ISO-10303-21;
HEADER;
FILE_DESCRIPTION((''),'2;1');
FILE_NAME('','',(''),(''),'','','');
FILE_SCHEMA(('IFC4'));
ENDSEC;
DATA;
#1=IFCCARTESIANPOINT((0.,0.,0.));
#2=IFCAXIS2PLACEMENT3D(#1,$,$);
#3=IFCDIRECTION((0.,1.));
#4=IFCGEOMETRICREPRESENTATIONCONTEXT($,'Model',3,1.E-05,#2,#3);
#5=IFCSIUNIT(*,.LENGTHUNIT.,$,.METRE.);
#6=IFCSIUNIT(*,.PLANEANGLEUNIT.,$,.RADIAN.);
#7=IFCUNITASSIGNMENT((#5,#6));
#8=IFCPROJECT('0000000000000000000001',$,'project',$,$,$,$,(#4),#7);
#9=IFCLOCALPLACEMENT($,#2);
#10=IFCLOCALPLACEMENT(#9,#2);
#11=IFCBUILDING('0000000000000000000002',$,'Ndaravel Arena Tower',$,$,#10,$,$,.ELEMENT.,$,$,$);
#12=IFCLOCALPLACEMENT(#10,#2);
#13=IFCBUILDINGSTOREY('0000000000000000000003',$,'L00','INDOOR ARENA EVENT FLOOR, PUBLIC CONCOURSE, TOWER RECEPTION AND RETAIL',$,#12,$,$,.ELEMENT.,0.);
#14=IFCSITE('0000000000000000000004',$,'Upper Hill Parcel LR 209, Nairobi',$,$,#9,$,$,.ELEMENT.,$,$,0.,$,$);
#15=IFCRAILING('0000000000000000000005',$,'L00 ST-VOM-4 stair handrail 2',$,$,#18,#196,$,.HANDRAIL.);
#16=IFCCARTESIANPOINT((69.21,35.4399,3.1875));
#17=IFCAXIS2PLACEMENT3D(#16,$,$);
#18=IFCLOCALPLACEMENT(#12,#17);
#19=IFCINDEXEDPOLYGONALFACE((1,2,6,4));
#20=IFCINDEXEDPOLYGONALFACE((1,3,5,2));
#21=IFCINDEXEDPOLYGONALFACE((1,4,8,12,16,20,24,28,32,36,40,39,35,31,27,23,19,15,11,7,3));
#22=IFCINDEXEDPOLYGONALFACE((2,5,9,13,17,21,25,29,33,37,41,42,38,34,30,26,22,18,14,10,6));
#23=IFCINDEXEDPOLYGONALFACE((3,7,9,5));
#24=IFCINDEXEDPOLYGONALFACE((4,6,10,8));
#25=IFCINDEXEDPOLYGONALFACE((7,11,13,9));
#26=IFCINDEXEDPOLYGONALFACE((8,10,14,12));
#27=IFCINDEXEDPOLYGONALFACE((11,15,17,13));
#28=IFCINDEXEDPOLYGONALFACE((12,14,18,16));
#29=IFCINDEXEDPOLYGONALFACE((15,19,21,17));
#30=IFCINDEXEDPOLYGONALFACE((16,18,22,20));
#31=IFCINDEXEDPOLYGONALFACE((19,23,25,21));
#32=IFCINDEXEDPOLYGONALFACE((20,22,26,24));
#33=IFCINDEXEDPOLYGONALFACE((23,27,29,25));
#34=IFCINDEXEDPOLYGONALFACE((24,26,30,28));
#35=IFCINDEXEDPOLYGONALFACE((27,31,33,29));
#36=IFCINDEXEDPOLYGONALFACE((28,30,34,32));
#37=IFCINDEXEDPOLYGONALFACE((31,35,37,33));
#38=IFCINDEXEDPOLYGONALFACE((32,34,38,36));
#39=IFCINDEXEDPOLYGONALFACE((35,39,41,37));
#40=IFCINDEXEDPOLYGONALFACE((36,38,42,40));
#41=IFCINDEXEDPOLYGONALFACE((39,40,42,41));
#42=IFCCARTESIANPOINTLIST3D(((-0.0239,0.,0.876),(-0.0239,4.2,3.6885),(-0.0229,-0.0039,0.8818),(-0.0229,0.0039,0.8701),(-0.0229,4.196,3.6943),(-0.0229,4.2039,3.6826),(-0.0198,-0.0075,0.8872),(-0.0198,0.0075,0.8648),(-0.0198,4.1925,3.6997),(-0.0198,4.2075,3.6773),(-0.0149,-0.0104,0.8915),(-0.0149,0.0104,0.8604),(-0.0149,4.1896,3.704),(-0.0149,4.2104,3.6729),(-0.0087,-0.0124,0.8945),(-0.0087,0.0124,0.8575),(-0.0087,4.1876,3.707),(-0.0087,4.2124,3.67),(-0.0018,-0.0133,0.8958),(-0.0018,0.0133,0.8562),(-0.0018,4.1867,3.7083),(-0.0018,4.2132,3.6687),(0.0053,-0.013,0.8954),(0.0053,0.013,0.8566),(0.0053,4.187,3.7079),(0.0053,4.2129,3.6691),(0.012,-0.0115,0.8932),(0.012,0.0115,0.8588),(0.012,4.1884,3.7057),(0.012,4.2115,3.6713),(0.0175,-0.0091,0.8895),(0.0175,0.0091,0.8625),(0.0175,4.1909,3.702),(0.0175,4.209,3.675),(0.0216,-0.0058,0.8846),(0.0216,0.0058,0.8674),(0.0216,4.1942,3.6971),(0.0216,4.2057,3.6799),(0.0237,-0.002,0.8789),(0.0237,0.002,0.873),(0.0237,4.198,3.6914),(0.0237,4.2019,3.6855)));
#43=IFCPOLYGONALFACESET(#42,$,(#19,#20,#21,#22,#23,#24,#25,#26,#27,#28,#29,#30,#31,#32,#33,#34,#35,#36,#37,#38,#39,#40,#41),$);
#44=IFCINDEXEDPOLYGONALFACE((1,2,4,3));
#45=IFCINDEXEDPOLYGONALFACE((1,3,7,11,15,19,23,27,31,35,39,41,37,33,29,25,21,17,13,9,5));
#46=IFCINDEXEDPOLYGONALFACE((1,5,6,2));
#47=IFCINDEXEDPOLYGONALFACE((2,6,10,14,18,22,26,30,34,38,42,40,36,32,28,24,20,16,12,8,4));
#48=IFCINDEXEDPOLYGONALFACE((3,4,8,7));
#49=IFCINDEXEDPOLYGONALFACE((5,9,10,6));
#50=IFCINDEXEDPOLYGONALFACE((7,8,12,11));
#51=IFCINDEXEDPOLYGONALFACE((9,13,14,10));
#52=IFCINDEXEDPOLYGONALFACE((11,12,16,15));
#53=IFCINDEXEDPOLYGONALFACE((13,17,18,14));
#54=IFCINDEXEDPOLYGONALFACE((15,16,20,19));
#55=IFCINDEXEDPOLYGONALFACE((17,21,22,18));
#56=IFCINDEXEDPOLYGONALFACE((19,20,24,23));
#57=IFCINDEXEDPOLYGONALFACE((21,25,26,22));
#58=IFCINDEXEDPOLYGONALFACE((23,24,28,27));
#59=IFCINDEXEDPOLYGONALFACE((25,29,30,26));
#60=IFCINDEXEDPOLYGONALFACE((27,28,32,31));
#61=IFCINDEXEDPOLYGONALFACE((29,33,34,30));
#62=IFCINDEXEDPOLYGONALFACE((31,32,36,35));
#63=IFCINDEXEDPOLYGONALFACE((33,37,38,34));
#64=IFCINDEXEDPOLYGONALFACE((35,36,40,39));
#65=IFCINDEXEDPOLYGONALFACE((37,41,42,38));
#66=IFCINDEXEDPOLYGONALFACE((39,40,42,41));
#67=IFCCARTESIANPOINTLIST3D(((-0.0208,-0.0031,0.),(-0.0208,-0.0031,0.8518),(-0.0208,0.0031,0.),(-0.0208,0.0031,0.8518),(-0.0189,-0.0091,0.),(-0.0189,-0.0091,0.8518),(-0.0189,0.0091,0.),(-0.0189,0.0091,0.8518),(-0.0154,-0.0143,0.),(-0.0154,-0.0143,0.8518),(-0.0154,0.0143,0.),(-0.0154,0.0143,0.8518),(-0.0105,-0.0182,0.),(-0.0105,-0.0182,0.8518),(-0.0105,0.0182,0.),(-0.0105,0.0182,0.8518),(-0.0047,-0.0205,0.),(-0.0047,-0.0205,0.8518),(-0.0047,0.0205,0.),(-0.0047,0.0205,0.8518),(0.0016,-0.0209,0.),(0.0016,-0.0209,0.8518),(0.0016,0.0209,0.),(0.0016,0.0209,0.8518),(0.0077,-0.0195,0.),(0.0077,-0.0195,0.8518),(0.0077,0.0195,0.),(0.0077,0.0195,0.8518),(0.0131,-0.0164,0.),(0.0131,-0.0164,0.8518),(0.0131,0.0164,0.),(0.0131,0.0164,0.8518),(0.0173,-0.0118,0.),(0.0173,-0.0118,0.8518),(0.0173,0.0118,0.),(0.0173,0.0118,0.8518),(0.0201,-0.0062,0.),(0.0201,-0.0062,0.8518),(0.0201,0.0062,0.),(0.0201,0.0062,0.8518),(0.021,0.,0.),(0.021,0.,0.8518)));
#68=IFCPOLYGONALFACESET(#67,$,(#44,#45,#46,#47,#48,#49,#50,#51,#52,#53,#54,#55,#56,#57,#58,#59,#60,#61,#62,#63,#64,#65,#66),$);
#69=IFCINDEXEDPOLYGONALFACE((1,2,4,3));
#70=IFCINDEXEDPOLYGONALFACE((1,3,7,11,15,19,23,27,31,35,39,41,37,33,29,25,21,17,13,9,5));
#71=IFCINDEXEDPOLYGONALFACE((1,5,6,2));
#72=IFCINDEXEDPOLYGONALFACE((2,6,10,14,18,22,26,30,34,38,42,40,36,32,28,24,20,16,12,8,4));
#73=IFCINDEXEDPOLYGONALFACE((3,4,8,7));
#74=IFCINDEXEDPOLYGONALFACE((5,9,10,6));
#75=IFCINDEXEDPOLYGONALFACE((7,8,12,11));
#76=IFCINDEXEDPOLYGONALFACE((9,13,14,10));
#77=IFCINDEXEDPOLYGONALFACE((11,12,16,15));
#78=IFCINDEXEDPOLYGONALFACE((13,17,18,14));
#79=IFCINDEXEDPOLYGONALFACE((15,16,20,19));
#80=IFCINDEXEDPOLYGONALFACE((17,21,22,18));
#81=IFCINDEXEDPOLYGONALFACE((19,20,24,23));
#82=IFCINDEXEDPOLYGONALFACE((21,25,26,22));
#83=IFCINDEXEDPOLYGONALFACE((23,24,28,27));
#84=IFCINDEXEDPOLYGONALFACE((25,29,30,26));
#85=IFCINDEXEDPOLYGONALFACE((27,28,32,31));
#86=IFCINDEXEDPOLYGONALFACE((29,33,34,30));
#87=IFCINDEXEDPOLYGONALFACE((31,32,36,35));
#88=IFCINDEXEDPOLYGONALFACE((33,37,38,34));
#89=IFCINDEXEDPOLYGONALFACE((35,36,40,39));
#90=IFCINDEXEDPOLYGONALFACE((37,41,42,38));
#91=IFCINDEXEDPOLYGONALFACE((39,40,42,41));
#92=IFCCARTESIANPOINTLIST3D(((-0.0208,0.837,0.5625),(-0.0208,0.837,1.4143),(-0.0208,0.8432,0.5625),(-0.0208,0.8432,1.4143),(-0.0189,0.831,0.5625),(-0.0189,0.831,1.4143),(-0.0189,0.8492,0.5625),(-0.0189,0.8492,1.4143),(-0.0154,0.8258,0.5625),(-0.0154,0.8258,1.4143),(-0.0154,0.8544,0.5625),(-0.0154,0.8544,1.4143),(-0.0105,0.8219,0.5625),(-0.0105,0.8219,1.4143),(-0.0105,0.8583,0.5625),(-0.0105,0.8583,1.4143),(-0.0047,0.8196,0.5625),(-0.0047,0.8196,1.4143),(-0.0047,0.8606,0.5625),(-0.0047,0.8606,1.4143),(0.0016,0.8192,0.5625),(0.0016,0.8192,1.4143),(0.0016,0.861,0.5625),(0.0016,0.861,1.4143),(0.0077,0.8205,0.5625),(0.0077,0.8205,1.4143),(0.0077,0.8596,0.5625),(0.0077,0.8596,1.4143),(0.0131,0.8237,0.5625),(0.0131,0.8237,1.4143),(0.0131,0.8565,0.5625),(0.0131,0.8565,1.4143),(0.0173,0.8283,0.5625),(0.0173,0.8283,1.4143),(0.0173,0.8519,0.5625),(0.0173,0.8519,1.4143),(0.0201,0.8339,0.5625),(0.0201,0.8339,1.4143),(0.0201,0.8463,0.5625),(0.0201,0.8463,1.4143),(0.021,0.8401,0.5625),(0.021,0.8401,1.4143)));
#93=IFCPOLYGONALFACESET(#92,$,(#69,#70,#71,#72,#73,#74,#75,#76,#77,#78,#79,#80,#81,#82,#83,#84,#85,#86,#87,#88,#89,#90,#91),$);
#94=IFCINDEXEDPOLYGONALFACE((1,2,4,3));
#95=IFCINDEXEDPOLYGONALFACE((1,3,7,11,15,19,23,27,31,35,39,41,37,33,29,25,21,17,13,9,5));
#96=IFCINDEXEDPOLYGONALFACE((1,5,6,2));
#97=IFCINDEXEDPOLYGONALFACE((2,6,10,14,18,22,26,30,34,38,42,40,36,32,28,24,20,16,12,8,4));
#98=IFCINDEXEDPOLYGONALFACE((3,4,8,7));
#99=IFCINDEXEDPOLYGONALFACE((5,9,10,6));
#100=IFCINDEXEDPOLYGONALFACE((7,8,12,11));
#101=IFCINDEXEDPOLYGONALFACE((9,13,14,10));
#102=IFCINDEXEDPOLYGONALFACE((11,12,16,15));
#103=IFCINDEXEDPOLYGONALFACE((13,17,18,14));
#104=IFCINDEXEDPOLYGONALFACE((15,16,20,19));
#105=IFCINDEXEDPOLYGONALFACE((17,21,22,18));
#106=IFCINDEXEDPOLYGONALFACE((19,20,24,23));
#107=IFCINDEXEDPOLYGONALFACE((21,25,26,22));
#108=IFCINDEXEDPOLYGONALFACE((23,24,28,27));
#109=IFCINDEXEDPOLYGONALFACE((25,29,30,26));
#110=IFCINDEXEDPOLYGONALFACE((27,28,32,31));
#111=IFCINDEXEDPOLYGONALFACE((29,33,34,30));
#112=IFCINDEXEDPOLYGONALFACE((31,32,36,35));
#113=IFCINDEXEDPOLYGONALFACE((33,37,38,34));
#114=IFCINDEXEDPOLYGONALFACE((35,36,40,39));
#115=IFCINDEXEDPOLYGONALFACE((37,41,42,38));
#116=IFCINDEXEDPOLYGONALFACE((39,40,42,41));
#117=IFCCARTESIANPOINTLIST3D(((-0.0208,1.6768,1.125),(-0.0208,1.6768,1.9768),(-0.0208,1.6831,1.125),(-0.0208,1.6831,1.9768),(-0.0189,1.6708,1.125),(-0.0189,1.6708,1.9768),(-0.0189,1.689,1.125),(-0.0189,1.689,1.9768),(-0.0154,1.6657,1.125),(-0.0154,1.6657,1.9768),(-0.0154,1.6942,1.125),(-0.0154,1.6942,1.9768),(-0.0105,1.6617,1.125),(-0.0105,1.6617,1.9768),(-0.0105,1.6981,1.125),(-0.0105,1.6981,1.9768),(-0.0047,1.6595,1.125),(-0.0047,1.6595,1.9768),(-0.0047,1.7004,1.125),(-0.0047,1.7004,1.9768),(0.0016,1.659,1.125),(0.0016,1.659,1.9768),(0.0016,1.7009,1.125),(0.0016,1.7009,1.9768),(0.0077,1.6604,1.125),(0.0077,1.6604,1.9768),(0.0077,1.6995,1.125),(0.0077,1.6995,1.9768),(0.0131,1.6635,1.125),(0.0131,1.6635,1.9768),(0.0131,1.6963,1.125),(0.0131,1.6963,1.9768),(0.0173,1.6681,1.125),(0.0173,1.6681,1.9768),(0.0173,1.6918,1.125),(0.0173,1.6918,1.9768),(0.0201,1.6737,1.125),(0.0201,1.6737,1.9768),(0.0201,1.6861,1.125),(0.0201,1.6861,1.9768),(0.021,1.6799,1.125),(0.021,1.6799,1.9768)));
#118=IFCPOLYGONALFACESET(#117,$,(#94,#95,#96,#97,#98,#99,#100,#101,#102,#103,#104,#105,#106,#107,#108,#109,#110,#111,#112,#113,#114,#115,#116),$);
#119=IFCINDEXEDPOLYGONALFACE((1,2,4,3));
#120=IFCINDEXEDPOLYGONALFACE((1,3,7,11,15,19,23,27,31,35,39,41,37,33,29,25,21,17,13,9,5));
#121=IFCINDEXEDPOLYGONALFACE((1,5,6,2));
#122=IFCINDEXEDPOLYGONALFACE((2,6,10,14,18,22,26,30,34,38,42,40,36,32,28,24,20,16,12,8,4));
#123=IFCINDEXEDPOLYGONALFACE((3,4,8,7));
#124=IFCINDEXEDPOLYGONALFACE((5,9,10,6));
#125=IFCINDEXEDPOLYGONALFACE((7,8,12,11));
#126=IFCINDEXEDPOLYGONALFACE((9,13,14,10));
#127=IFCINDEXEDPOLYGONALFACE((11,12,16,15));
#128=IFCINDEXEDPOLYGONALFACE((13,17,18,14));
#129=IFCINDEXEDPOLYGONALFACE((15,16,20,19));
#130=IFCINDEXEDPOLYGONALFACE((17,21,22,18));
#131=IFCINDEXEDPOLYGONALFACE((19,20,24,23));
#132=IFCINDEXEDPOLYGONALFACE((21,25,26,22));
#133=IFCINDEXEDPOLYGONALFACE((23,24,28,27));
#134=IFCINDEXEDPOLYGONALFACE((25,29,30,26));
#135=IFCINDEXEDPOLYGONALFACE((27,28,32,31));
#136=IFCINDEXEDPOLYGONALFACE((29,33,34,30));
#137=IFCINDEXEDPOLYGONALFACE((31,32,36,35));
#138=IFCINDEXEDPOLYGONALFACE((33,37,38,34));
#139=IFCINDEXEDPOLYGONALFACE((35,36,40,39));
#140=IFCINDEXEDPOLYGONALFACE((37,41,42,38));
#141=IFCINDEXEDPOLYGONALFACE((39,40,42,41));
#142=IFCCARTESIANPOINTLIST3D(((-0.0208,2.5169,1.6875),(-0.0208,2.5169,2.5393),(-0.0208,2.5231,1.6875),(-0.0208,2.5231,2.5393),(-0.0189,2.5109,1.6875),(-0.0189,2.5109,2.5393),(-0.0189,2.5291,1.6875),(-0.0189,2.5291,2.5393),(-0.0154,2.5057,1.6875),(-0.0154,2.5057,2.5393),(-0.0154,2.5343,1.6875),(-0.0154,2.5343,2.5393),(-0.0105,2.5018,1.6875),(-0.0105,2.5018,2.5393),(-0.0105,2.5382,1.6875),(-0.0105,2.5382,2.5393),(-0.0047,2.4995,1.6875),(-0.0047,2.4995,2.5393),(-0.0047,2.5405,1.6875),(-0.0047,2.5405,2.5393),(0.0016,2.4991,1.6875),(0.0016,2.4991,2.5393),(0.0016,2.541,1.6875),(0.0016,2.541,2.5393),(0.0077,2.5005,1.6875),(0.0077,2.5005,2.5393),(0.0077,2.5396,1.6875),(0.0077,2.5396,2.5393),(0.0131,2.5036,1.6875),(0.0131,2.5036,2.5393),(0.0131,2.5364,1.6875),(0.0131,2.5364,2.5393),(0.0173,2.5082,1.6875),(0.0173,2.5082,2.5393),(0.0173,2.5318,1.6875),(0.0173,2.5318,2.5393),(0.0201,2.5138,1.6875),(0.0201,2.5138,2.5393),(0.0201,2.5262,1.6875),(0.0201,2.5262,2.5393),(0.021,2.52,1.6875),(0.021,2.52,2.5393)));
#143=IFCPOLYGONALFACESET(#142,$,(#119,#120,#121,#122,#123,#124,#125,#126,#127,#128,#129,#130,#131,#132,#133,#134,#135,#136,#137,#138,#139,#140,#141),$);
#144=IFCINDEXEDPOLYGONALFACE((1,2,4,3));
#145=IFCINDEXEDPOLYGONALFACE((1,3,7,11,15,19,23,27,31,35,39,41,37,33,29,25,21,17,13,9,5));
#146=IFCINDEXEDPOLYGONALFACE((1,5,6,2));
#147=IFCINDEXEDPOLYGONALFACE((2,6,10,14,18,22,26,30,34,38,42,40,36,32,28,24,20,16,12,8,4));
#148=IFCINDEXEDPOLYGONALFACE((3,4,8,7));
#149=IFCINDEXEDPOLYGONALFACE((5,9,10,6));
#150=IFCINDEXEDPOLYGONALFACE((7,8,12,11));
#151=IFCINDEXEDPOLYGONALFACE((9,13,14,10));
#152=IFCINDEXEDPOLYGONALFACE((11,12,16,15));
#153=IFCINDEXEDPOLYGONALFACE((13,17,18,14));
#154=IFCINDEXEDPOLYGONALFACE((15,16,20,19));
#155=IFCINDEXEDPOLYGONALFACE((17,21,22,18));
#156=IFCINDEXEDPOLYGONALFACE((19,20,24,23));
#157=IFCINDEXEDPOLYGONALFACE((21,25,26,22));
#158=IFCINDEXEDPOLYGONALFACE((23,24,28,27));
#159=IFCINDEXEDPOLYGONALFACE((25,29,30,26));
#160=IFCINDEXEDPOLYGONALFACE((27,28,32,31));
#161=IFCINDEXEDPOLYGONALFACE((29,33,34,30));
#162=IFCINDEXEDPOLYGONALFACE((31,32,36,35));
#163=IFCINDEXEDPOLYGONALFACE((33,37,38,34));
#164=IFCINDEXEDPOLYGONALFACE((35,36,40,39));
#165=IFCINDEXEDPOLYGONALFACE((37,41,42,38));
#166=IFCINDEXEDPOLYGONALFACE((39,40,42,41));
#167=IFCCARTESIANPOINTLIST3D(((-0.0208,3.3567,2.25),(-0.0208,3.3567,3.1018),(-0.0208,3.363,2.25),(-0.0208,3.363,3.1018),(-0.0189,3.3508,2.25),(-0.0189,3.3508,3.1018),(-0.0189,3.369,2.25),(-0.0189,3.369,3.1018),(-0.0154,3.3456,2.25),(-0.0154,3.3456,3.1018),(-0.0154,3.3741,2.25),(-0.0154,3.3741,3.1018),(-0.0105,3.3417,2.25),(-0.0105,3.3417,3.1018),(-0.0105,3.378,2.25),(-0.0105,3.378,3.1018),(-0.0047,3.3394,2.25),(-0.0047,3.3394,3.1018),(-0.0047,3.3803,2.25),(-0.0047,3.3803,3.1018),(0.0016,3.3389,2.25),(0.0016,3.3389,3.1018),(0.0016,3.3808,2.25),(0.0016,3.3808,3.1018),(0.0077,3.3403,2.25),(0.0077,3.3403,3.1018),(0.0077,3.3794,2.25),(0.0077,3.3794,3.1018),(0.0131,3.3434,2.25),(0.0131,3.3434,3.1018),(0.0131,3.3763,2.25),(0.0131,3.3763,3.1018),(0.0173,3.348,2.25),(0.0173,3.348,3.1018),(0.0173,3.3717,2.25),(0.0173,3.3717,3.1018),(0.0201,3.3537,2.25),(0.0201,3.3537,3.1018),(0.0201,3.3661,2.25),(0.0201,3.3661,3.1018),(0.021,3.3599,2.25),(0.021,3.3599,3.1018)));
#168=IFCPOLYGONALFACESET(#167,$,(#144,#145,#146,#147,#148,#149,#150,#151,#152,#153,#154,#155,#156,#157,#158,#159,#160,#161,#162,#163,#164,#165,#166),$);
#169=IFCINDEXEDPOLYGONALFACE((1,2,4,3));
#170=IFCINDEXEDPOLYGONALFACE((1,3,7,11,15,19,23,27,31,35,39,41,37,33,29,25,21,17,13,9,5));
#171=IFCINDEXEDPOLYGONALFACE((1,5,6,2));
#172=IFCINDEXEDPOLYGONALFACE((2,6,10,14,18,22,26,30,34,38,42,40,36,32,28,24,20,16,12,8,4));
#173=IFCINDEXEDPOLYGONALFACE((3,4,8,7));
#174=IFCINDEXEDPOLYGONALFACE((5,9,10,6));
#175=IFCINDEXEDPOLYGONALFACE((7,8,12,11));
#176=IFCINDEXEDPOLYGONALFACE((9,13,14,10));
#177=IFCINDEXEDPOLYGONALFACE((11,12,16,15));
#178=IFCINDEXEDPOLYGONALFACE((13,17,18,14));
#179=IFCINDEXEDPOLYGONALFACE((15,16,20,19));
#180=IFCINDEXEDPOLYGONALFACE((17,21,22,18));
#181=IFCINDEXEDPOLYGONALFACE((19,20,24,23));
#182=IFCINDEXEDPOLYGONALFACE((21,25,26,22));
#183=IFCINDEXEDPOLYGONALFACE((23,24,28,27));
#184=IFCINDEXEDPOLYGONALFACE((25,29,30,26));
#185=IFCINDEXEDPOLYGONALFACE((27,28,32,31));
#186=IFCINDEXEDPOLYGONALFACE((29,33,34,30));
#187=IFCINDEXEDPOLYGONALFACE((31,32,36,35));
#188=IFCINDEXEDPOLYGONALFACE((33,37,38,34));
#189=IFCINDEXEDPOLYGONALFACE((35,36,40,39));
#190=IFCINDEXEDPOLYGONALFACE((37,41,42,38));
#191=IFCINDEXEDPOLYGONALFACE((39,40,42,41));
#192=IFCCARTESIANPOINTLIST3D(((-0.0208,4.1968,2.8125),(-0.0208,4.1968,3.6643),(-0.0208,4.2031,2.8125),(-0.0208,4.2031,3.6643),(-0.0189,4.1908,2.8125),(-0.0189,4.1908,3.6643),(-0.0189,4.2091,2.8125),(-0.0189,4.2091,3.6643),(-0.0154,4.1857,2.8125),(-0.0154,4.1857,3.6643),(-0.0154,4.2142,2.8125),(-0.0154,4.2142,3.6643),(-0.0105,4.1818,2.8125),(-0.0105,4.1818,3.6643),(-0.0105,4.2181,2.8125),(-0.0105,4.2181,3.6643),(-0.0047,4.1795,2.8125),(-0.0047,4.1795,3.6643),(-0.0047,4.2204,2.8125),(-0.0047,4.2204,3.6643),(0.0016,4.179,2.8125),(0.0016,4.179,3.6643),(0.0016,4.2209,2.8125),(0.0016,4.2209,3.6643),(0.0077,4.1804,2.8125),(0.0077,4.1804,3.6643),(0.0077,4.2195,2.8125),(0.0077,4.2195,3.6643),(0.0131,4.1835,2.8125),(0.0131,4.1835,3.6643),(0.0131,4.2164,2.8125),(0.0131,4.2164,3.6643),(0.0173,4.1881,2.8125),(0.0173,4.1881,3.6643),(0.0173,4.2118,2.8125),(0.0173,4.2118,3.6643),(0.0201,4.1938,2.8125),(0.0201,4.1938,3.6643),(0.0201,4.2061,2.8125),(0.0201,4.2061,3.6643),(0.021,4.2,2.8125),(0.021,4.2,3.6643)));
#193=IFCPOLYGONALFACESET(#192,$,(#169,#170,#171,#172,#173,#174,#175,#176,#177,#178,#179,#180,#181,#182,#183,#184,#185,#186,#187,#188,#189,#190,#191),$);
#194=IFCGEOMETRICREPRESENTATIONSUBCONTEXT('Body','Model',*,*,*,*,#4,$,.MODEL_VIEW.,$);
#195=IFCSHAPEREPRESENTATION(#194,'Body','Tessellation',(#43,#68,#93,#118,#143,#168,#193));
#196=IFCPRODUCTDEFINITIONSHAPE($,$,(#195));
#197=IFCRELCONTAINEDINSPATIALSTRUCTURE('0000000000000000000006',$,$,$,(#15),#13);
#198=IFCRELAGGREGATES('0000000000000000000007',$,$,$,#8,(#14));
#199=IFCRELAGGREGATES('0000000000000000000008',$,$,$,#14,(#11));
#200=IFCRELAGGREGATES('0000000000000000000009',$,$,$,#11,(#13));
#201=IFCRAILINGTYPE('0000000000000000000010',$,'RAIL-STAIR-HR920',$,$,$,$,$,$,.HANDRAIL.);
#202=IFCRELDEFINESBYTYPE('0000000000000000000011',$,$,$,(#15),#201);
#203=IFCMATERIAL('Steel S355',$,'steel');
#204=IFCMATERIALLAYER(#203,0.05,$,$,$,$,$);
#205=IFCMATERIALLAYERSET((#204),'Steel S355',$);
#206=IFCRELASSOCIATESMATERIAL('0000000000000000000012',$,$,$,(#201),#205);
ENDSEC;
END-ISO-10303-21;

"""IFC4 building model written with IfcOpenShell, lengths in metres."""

from ifc_helpers import new_model, si_unit, direction, frame, origin, origin_2d, place, context, subcontext, project, spatial, circle, extrude, material, layer, layer_set, type_object, element, save


model = new_model("IFC4")

# Units and contexts
model_context = context("Model", 3, precision=1e-05, world=origin(), true_north=direction((0.0, 1.0)))
body_context = subcontext(model_context, "Body", "Model", "MODEL_VIEW")
ifc_project = project(units=[si_unit("LENGTHUNIT", "METRE"), si_unit("PLANEANGLEUNIT", "RADIAN")], contexts=[model_context])

# Site, building, storey
site_placement = place(None, origin())
site = spatial("IfcSite", under=ifc_project, at=site_placement, Name="Upper Hill Parcel LR 209, Nairobi", CompositionType="ELEMENT", RefElevation=0.0)
building_placement = place(site_placement, origin())
building = spatial("IfcBuilding", under=site, at=building_placement, Name="Ndaravel Arena Tower", CompositionType="ELEMENT")
storey_placement = place(building_placement, origin())
storey = spatial("IfcBuildingStorey", under=building, at=storey_placement, Name="L00", Description="INDOOR ARENA EVENT FLOOR, PUBLIC CONCOURSE, TOWER RECEPTION AND RETAIL", CompositionType="ELEMENT", Elevation=0.0)

# Railing
ifc_material_1 = material(Name="Steel S355", Category="steel")
ifc_layer_1 = layer(ifc_material_1, 0.05)
ifc_layer_set_1 = layer_set([ifc_layer_1], Name="Steel S355")
railing_type_1 = type_object("IfcRailingType", Name="RAIL-STAIR-HR920", PredefinedType="HANDRAIL", material=ifc_layer_set_1)
railing_1_placement = place(storey_placement, frame((69.21, 35.4399, 3.1875)))
element("IfcRailing", 1, at=railing_1_placement, inside=storey, type_object=railing_type_1, Name="L00 ST-VOM-4 stair handrail 2", PredefinedType="HANDRAIL", context=body_context, shape_type="SweptSolid", body=[
    extrude(circle(Radius=0.0239, at=origin_2d()), frame((0.0, 0.0, 0.876), z_axis=(0.0, 0.830904, 0.556416), x_axis=(-1.0, 0.0, 0.0)), (0.0, 0.0, 1.0), 5.0547),
    extrude(circle(Radius=0.021, at=origin_2d()), origin(), (0.0, 0.0, 1.0), 0.8518),
    extrude(circle(Radius=0.021, at=origin_2d()), frame((0.0, 0.8401, 0.5625)), (0.0, 0.0, 1.0), 0.8518),
    extrude(circle(Radius=0.021, at=origin_2d()), frame((0.0, 1.6799, 1.125)), (0.0, 0.0, 1.0), 0.8518),
    extrude(circle(Radius=0.021, at=origin_2d()), frame((0.0, 2.52, 1.6875)), (0.0, 0.0, 1.0), 0.8518),
    extrude(circle(Radius=0.021, at=origin_2d()), frame((0.0, 3.3599, 2.25)), (0.0, 0.0, 1.0), 0.8518),
    extrude(circle(Radius=0.021, at=origin_2d()), frame((0.0, 4.2, 2.8125)), (0.0, 0.0, 1.0), 0.8518),
])

save(model, "model.ifc")
